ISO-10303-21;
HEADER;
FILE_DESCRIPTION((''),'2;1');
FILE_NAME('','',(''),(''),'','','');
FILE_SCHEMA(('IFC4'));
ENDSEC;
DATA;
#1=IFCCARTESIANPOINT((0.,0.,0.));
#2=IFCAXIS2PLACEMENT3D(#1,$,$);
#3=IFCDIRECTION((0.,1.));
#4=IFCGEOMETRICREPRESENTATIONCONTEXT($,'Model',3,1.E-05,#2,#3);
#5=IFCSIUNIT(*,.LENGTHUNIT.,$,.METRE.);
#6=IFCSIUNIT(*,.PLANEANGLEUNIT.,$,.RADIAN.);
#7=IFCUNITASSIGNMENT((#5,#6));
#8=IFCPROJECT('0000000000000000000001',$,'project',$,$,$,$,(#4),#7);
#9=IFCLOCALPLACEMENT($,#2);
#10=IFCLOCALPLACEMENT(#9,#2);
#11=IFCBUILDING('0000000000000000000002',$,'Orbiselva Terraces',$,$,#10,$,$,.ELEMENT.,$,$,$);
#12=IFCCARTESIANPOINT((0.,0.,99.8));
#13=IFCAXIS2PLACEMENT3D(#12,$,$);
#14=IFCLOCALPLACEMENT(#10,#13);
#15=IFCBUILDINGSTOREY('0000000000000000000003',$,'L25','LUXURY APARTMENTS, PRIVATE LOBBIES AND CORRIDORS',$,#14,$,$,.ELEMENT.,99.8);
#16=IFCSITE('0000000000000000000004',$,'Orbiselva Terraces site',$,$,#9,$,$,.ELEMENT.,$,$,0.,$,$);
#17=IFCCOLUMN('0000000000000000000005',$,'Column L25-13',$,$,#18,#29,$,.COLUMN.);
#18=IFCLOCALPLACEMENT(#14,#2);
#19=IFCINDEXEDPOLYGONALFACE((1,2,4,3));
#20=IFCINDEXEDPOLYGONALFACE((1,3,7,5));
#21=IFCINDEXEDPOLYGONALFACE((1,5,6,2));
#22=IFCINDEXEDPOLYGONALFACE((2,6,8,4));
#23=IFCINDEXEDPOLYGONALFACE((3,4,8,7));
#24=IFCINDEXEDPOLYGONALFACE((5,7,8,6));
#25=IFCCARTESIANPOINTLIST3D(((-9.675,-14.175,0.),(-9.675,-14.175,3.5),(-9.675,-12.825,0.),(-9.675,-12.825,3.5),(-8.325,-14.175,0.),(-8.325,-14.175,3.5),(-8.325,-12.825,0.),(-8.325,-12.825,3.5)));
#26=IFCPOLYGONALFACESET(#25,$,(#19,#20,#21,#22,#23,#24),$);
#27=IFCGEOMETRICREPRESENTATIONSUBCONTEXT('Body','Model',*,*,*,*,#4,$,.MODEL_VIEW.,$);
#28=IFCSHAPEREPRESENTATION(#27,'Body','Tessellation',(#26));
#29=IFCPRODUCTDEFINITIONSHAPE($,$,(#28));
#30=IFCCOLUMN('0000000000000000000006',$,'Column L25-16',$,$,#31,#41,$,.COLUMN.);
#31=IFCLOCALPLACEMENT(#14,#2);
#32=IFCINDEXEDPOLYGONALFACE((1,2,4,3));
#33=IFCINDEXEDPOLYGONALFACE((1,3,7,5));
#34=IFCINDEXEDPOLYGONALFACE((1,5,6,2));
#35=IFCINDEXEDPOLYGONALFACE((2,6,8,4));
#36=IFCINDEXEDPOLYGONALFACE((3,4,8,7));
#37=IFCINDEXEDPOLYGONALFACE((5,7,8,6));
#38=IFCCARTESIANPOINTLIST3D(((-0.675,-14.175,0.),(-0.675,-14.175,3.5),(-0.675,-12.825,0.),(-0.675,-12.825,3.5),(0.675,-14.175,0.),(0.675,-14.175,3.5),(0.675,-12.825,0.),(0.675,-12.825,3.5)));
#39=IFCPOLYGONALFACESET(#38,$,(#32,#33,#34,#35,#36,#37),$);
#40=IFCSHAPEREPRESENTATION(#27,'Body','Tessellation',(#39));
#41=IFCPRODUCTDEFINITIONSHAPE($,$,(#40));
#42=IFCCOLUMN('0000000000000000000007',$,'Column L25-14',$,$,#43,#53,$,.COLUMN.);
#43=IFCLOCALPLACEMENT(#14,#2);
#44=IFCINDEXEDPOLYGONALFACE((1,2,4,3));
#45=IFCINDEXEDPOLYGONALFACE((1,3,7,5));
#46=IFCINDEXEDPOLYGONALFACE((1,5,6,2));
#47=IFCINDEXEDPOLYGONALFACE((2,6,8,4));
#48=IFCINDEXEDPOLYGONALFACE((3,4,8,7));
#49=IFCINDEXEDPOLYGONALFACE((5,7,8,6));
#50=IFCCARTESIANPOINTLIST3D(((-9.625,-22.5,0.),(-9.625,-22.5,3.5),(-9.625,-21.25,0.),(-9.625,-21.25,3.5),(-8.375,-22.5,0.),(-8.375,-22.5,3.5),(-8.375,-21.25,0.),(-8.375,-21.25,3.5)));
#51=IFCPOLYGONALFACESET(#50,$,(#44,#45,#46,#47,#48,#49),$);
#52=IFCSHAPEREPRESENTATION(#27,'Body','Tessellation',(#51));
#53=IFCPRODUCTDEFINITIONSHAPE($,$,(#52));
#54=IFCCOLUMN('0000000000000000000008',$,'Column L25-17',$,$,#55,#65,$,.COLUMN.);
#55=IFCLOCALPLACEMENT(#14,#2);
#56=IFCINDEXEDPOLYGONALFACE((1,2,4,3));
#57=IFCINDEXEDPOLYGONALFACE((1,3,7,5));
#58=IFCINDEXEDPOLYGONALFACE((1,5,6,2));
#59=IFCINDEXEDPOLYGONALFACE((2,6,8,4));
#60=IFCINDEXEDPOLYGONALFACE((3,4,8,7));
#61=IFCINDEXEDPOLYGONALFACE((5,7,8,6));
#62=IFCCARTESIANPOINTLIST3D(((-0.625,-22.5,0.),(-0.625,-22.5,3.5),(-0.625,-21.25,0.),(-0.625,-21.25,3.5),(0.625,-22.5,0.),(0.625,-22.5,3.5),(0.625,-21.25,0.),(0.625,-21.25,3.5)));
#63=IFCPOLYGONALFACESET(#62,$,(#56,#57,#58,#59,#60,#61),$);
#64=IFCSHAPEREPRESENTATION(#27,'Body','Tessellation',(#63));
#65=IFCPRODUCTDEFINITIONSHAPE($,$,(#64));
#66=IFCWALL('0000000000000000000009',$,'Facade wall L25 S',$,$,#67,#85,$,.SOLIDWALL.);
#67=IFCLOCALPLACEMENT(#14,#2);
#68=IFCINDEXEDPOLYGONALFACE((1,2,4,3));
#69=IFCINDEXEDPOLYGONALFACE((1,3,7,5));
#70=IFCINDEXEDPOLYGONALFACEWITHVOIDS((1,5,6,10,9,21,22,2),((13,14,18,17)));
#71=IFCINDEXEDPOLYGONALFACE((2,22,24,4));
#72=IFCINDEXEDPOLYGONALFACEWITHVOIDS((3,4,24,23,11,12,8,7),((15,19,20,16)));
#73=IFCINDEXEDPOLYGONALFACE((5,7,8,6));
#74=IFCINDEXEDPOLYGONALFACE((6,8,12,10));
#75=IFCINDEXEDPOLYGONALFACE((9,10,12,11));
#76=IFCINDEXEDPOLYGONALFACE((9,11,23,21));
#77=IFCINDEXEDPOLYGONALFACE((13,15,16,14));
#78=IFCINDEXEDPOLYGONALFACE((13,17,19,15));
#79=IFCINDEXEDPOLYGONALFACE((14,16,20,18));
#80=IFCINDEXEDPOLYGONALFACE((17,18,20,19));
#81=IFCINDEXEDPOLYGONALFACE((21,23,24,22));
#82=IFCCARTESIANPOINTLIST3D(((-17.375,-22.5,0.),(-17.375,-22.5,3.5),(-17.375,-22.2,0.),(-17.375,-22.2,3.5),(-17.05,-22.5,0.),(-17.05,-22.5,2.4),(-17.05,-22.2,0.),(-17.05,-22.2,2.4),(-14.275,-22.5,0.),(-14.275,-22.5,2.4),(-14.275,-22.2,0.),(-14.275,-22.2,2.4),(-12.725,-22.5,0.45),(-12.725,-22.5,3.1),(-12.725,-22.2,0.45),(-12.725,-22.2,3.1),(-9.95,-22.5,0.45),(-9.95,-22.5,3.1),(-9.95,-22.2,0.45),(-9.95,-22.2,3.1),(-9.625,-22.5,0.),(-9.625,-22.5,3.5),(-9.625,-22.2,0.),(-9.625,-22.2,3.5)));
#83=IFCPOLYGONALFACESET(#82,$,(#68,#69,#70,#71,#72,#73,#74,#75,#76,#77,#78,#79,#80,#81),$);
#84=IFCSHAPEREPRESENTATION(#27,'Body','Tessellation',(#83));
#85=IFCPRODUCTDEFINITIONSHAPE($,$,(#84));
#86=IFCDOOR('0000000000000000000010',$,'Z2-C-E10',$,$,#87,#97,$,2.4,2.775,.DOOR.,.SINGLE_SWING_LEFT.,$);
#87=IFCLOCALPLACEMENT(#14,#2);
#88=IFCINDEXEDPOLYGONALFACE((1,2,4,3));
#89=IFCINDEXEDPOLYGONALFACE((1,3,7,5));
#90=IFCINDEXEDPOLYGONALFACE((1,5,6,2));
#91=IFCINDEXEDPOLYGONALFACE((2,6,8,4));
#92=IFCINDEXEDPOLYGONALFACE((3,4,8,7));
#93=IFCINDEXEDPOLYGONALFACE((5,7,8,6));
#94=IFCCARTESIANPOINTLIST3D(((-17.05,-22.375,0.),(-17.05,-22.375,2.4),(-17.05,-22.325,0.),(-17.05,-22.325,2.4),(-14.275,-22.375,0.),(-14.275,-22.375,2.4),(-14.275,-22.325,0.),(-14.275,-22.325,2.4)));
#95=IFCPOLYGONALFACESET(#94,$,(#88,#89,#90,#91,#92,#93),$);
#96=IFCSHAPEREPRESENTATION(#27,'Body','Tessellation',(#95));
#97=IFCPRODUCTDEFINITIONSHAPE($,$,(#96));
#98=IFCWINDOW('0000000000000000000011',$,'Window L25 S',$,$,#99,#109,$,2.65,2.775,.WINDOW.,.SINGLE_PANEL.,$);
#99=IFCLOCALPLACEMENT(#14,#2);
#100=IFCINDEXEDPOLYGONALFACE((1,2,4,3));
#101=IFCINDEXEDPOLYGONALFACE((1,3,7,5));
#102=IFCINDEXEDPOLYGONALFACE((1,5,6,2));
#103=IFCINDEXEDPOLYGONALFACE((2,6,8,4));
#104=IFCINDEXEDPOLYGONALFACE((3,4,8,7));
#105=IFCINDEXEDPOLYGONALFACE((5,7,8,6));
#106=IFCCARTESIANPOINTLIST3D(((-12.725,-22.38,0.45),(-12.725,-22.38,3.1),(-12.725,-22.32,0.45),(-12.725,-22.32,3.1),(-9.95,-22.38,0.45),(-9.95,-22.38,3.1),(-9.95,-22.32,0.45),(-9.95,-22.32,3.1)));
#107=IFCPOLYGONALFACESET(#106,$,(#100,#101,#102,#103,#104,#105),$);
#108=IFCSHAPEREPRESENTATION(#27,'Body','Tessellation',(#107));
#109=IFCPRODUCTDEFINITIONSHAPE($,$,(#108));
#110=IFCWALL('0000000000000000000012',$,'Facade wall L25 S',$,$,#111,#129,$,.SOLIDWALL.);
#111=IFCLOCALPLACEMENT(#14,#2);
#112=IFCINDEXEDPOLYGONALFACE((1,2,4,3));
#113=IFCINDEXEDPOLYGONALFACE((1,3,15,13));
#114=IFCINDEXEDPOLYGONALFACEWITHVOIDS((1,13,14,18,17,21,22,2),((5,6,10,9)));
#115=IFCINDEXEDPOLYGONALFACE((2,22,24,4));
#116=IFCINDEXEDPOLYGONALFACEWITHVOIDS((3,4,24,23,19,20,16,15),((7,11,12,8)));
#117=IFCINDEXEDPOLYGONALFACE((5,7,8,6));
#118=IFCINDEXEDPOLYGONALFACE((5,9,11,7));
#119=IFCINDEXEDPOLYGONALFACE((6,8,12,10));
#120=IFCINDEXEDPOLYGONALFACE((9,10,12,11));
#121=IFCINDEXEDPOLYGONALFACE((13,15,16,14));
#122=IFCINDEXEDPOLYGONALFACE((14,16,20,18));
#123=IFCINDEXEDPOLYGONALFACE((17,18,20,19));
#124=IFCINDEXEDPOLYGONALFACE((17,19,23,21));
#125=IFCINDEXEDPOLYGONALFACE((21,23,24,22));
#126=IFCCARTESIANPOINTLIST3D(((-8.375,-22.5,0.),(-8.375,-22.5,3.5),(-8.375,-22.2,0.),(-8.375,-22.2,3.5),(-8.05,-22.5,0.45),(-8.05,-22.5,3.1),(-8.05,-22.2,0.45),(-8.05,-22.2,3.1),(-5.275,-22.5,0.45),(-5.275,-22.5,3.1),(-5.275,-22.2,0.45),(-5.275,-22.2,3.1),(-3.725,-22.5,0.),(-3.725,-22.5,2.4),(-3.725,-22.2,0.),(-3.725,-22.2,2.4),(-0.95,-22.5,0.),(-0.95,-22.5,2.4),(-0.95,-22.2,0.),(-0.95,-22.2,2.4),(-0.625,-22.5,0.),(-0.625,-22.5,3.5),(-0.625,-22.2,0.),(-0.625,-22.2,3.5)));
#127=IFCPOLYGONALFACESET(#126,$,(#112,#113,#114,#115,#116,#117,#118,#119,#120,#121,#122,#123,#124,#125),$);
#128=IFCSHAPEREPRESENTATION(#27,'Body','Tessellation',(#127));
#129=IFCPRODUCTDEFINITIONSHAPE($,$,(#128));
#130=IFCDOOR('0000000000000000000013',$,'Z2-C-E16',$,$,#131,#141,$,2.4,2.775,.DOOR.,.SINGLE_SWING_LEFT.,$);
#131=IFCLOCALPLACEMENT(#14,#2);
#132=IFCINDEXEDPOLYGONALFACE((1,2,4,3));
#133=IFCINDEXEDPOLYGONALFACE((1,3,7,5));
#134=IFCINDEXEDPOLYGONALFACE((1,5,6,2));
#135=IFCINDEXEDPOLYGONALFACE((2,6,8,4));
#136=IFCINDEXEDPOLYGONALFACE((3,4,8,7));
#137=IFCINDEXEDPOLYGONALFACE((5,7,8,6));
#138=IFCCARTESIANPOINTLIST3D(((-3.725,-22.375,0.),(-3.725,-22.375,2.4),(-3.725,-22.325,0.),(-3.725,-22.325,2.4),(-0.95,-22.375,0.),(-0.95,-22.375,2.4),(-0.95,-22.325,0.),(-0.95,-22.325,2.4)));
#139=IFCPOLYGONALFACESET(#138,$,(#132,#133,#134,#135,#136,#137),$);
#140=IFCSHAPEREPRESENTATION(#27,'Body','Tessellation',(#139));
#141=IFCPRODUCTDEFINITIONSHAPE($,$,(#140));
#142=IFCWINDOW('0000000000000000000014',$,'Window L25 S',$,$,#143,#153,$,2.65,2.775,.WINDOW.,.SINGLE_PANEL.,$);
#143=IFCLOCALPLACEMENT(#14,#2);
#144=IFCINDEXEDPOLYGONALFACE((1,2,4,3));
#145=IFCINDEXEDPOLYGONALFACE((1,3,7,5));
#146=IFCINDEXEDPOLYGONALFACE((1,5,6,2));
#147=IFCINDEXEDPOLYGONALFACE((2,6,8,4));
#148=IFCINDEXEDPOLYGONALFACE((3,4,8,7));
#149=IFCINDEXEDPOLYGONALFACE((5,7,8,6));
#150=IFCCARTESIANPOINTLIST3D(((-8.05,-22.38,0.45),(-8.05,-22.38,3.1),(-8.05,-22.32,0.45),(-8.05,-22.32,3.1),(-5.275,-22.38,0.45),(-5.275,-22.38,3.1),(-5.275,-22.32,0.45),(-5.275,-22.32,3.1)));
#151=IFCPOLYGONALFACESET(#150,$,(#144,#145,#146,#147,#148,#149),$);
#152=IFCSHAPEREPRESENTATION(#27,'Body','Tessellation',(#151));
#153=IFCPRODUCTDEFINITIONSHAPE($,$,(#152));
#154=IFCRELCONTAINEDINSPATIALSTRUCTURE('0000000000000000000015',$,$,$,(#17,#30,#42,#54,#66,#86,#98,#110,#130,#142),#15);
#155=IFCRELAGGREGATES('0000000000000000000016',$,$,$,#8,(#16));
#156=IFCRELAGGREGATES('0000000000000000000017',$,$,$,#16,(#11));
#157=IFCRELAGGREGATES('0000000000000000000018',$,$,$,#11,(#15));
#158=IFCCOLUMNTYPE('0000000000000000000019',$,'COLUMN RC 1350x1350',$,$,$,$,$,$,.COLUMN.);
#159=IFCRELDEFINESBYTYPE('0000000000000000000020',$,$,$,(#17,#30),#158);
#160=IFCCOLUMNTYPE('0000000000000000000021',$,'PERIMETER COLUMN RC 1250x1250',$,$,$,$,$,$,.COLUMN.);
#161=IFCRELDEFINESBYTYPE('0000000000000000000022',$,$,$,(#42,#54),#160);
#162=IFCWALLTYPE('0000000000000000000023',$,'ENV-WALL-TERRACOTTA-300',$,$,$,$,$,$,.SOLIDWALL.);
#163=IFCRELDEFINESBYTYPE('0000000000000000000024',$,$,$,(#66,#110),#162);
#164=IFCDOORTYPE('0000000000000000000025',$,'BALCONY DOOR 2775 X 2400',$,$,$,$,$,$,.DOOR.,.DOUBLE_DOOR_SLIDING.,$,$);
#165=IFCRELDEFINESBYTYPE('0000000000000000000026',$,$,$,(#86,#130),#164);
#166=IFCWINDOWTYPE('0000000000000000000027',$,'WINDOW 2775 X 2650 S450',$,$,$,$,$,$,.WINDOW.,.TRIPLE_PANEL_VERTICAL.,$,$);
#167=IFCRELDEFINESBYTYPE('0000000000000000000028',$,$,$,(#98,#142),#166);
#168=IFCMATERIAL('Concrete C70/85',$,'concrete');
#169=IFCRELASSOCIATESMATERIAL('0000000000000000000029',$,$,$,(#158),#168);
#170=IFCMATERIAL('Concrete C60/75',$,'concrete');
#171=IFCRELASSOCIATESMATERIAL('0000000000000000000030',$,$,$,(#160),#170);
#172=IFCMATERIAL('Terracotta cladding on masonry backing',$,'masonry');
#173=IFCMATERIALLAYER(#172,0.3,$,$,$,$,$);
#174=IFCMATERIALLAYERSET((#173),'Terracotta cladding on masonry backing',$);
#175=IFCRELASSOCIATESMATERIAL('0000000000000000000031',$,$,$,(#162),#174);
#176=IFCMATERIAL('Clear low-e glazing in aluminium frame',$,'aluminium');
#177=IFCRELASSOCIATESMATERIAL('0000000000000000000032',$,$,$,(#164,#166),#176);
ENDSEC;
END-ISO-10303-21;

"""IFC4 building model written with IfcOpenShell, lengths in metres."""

from ifc_helpers import new_model, si_unit, direction, frame, frame_2d, origin, origin_2d, place, context, subcontext, project, spatial, rectangle, extrude, material, layer, layer_set, material_profile, profile_set, type_object, element, fill, save


model = new_model("IFC4")

# Units and contexts
model_context = context("Model", 3, precision=1e-05, world=origin(), true_north=direction((0.0, 1.0)))
body_context = subcontext(model_context, "Body", "Model", "MODEL_VIEW")
ifc_project = project(units=[si_unit("LENGTHUNIT", "METRE"), si_unit("PLANEANGLEUNIT", "RADIAN")], contexts=[model_context])

# Site, building, storey
site_placement = place(None, origin())
site = spatial("IfcSite", under=ifc_project, at=site_placement, Name="Orbiselva Terraces site", CompositionType="ELEMENT", RefElevation=0.0)
building_placement = place(site_placement, origin())
building = spatial("IfcBuilding", under=site, at=building_placement, Name="Orbiselva Terraces", CompositionType="ELEMENT")
storey_placement = place(building_placement, frame((0.0, 0.0, 99.8)))
storey = spatial("IfcBuildingStorey", under=building, at=storey_placement, Name="L25", Description="LUXURY APARTMENTS, PRIVATE LOBBIES AND CORRIDORS", CompositionType="ELEMENT", Elevation=99.8)

# Columns
ifc_material_1 = material(Name="Concrete C70/85", Category="concrete")
ifc_material_profile_1 = material_profile(ifc_material_1, rectangle(XDim=1.35, YDim=1.35, at=origin_2d()), Name="RC 1350x1350")
ifc_profile_set_1 = profile_set([ifc_material_profile_1], Name="Concrete C70/85")
column_type_1 = type_object("IfcColumnType", Name="COLUMN RC 1350x1350", PredefinedType="COLUMN", material=ifc_profile_set_1)
for number, where, z_axis, x_axis, name in (
    (1, (-9.0, -13.5, 0.0), (0.0, 0.0, 1.0), (1.0, 0.0, 0.0), "Column L25-13"),
    (2, (0.0, -13.5, 0.0), (0.0, 0.0, 1.0), (1.0, 0.0, 0.0), "Column L25-16"),
):
    element("IfcColumn", number, at=place(storey_placement, frame(where, z_axis=z_axis, x_axis=x_axis)), inside=storey, type_object=column_type_1, Name=name, PredefinedType="COLUMN", context=body_context, shape_type="SweptSolid", body=[
        extrude(rectangle(XDim=1.35, YDim=1.35, at=origin_2d()), origin(), (0.0, 0.0, 1.0), 3.5),
    ])
ifc_material_2 = material(Name="Concrete C60/75", Category="concrete")
ifc_material_profile_2 = material_profile(ifc_material_2, rectangle(XDim=1.25, YDim=1.25, at=origin_2d()), Name="RC 1250x1250")
ifc_profile_set_2 = profile_set([ifc_material_profile_2], Name="Concrete C60/75")
column_type_2 = type_object("IfcColumnType", Name="PERIMETER COLUMN RC 1250x1250", PredefinedType="COLUMN", material=ifc_profile_set_2)
for number, where, z_axis, x_axis, name in (
    (3, (-9.0, -21.875, 0.0), (0.0, 0.0, 1.0), (1.0, 0.0, 0.0), "Column L25-14"),
    (4, (0.0, -21.875, 0.0), (0.0, 0.0, 1.0), (1.0, 0.0, 0.0), "Column L25-17"),
):
    element("IfcColumn", number, at=place(storey_placement, frame(where, z_axis=z_axis, x_axis=x_axis)), inside=storey, type_object=column_type_2, Name=name, PredefinedType="COLUMN", context=body_context, shape_type="SweptSolid", body=[
        extrude(rectangle(XDim=1.25, YDim=1.25, at=origin_2d()), origin(), (0.0, 0.0, 1.0), 3.5),
    ])

# Walls, openings, doors, windows
ifc_material_3 = material(Name="Terracotta cladding on masonry backing", Category="masonry")
ifc_layer_1 = layer(ifc_material_3, 0.3)
ifc_layer_set_1 = layer_set([ifc_layer_1], Name="Terracotta cladding on masonry backing")
wall_type_1 = type_object("IfcWallType", Name="ENV-WALL-TERRACOTTA-300", PredefinedType="SOLIDWALL", material=ifc_layer_set_1)
wall_1_placement = place(storey_placement, frame((-9.625, -22.35, 0.0), z_axis=(0.0, 0.0, 1.0), x_axis=(-1.0, 0.0, 0.0)))
wall_1 = element("IfcWall", 5, at=wall_1_placement, inside=storey, type_object=wall_type_1, Name="Facade wall L25 S", PredefinedType="SOLIDWALL", context=body_context, shape_type="SweptSolid", body=[
    extrude(rectangle(XDim=7.75, YDim=0.3, at=frame_2d((3.875, 0.0))), origin(), (0.0, 0.0, 1.0), 3.5),
])
opening_1_placement = place(wall_1_placement, frame((4.65, 0.0, 0.0)))
opening_1 = element("IfcOpeningElement", 6, at=opening_1_placement, cuts=wall_1, PredefinedType="OPENING", context=body_context, shape_type="SweptSolid", body=[
    extrude(rectangle(XDim=2.775, YDim=2.4, at=frame_2d((1.3875, 1.2))), frame((0.0, 0.16, 0.0), z_axis=(0.0, -1.0, 0.0), x_axis=(1.0, 0.0, 0.0)), (0.0, 0.0, 1.0), 0.32),
])
opening_2_placement = place(wall_1_placement, frame((0.325, 0.0, 0.45)))
opening_2 = element("IfcOpeningElement", 7, at=opening_2_placement, cuts=wall_1, PredefinedType="OPENING", context=body_context, shape_type="SweptSolid", body=[
    extrude(rectangle(XDim=2.775, YDim=2.65, at=frame_2d((1.3875, 1.325))), frame((0.0, 0.16, 0.0), z_axis=(0.0, -1.0, 0.0), x_axis=(1.0, 0.0, 0.0)), (0.0, 0.0, 1.0), 0.32),
])
ifc_material_4 = material(Name="Clear low-e glazing in aluminium frame", Category="aluminium")
door_type_1 = type_object("IfcDoorType", Name="BALCONY DOOR 2775 X 2400", OperationType="DOUBLE_DOOR_SLIDING", PredefinedType="DOOR", material=ifc_material_4)
door_1_placement = place(opening_1_placement, origin())
door_1 = element("IfcDoor", 8, at=door_1_placement, inside=storey, type_object=door_type_1, Name="Z2-C-E10", OperationType="SINGLE_SWING_LEFT", OverallHeight=2.4, OverallWidth=2.775, PredefinedType="DOOR", context=body_context, shape_type="SweptSolid", body=[
    extrude(rectangle(XDim=2.775, YDim=2.4, at=frame_2d((1.3875, 1.2))), frame((0.0, 0.025, 0.0), z_axis=(0.0, -1.0, 0.0), x_axis=(1.0, 0.0, 0.0)), (0.0, 0.0, 1.0), 0.05),
])
fill(opening_1, door_1)
window_type = type_object("IfcWindowType", Name="WINDOW 2775 X 2650 S450", PartitioningType="TRIPLE_PANEL_VERTICAL", PredefinedType="WINDOW", material=ifc_material_4)
window_1_placement = place(opening_2_placement, origin())
window_1 = element("IfcWindow", 9, at=window_1_placement, inside=storey, type_object=window_type, Name="Window L25 S", OverallHeight=2.65, OverallWidth=2.775, PartitioningType="SINGLE_PANEL", PredefinedType="WINDOW", context=body_context, shape_type="SweptSolid", body=[
    extrude(rectangle(XDim=2.775, YDim=2.65, at=frame_2d((1.3875, 1.325))), frame((0.0, 0.03, 0.0), z_axis=(0.0, -1.0, 0.0), x_axis=(1.0, 0.0, 0.0)), (0.0, 0.0, 1.0), 0.06),
])
fill(opening_2, window_1)
wall_2_placement = place(storey_placement, frame((-0.625, -22.35, 0.0), z_axis=(0.0, 0.0, 1.0), x_axis=(-1.0, 0.0, 0.0)))
wall_2 = element("IfcWall", 10, at=wall_2_placement, inside=storey, type_object=wall_type_1, Name="Facade wall L25 S", PredefinedType="SOLIDWALL", context=body_context, shape_type="SweptSolid", body=[
    extrude(rectangle(XDim=7.75, YDim=0.3, at=frame_2d((3.875, 0.0))), origin(), (0.0, 0.0, 1.0), 3.5),
])
opening_3_placement = place(wall_2_placement, frame((4.65, 0.0, 0.45)))
opening_3 = element("IfcOpeningElement", 11, at=opening_3_placement, cuts=wall_2, PredefinedType="OPENING", context=body_context, shape_type="SweptSolid", body=[
    extrude(rectangle(XDim=2.775, YDim=2.65, at=frame_2d((1.3875, 1.325))), frame((0.0, 0.16, 0.0), z_axis=(0.0, -1.0, 0.0), x_axis=(1.0, 0.0, 0.0)), (0.0, 0.0, 1.0), 0.32),
])
opening_4_placement = place(wall_2_placement, frame((0.325, 0.0, 0.0)))
opening_4 = element("IfcOpeningElement", 12, at=opening_4_placement, cuts=wall_2, PredefinedType="OPENING", context=body_context, shape_type="SweptSolid", body=[
    extrude(rectangle(XDim=2.775, YDim=2.4, at=frame_2d((1.3875, 1.2))), frame((0.0, 0.16, 0.0), z_axis=(0.0, -1.0, 0.0), x_axis=(1.0, 0.0, 0.0)), (0.0, 0.0, 1.0), 0.32),
])
door_2_placement = place(opening_4_placement, origin())
door_2 = element("IfcDoor", 13, at=door_2_placement, inside=storey, type_object=door_type_1, Name="Z2-C-E16", OperationType="SINGLE_SWING_LEFT", OverallHeight=2.4, OverallWidth=2.775, PredefinedType="DOOR", context=body_context, shape_type="SweptSolid", body=[
    extrude(rectangle(XDim=2.775, YDim=2.4, at=frame_2d((1.3875, 1.2))), frame((0.0, 0.025, 0.0), z_axis=(0.0, -1.0, 0.0), x_axis=(1.0, 0.0, 0.0)), (0.0, 0.0, 1.0), 0.05),
])
fill(opening_4, door_2)
window_2_placement = place(opening_3_placement, origin())
window_2 = element("IfcWindow", 14, at=window_2_placement, inside=storey, type_object=window_type, Name="Window L25 S", OverallHeight=2.65, OverallWidth=2.775, PartitioningType="SINGLE_PANEL", PredefinedType="WINDOW", context=body_context, shape_type="SweptSolid", body=[
    extrude(rectangle(XDim=2.775, YDim=2.65, at=frame_2d((1.3875, 1.325))), frame((0.0, 0.03, 0.0), z_axis=(0.0, -1.0, 0.0), x_axis=(1.0, 0.0, 0.0)), (0.0, 0.0, 1.0), 0.06),
])
fill(opening_3, window_2)

save(model, "model.ifc")
